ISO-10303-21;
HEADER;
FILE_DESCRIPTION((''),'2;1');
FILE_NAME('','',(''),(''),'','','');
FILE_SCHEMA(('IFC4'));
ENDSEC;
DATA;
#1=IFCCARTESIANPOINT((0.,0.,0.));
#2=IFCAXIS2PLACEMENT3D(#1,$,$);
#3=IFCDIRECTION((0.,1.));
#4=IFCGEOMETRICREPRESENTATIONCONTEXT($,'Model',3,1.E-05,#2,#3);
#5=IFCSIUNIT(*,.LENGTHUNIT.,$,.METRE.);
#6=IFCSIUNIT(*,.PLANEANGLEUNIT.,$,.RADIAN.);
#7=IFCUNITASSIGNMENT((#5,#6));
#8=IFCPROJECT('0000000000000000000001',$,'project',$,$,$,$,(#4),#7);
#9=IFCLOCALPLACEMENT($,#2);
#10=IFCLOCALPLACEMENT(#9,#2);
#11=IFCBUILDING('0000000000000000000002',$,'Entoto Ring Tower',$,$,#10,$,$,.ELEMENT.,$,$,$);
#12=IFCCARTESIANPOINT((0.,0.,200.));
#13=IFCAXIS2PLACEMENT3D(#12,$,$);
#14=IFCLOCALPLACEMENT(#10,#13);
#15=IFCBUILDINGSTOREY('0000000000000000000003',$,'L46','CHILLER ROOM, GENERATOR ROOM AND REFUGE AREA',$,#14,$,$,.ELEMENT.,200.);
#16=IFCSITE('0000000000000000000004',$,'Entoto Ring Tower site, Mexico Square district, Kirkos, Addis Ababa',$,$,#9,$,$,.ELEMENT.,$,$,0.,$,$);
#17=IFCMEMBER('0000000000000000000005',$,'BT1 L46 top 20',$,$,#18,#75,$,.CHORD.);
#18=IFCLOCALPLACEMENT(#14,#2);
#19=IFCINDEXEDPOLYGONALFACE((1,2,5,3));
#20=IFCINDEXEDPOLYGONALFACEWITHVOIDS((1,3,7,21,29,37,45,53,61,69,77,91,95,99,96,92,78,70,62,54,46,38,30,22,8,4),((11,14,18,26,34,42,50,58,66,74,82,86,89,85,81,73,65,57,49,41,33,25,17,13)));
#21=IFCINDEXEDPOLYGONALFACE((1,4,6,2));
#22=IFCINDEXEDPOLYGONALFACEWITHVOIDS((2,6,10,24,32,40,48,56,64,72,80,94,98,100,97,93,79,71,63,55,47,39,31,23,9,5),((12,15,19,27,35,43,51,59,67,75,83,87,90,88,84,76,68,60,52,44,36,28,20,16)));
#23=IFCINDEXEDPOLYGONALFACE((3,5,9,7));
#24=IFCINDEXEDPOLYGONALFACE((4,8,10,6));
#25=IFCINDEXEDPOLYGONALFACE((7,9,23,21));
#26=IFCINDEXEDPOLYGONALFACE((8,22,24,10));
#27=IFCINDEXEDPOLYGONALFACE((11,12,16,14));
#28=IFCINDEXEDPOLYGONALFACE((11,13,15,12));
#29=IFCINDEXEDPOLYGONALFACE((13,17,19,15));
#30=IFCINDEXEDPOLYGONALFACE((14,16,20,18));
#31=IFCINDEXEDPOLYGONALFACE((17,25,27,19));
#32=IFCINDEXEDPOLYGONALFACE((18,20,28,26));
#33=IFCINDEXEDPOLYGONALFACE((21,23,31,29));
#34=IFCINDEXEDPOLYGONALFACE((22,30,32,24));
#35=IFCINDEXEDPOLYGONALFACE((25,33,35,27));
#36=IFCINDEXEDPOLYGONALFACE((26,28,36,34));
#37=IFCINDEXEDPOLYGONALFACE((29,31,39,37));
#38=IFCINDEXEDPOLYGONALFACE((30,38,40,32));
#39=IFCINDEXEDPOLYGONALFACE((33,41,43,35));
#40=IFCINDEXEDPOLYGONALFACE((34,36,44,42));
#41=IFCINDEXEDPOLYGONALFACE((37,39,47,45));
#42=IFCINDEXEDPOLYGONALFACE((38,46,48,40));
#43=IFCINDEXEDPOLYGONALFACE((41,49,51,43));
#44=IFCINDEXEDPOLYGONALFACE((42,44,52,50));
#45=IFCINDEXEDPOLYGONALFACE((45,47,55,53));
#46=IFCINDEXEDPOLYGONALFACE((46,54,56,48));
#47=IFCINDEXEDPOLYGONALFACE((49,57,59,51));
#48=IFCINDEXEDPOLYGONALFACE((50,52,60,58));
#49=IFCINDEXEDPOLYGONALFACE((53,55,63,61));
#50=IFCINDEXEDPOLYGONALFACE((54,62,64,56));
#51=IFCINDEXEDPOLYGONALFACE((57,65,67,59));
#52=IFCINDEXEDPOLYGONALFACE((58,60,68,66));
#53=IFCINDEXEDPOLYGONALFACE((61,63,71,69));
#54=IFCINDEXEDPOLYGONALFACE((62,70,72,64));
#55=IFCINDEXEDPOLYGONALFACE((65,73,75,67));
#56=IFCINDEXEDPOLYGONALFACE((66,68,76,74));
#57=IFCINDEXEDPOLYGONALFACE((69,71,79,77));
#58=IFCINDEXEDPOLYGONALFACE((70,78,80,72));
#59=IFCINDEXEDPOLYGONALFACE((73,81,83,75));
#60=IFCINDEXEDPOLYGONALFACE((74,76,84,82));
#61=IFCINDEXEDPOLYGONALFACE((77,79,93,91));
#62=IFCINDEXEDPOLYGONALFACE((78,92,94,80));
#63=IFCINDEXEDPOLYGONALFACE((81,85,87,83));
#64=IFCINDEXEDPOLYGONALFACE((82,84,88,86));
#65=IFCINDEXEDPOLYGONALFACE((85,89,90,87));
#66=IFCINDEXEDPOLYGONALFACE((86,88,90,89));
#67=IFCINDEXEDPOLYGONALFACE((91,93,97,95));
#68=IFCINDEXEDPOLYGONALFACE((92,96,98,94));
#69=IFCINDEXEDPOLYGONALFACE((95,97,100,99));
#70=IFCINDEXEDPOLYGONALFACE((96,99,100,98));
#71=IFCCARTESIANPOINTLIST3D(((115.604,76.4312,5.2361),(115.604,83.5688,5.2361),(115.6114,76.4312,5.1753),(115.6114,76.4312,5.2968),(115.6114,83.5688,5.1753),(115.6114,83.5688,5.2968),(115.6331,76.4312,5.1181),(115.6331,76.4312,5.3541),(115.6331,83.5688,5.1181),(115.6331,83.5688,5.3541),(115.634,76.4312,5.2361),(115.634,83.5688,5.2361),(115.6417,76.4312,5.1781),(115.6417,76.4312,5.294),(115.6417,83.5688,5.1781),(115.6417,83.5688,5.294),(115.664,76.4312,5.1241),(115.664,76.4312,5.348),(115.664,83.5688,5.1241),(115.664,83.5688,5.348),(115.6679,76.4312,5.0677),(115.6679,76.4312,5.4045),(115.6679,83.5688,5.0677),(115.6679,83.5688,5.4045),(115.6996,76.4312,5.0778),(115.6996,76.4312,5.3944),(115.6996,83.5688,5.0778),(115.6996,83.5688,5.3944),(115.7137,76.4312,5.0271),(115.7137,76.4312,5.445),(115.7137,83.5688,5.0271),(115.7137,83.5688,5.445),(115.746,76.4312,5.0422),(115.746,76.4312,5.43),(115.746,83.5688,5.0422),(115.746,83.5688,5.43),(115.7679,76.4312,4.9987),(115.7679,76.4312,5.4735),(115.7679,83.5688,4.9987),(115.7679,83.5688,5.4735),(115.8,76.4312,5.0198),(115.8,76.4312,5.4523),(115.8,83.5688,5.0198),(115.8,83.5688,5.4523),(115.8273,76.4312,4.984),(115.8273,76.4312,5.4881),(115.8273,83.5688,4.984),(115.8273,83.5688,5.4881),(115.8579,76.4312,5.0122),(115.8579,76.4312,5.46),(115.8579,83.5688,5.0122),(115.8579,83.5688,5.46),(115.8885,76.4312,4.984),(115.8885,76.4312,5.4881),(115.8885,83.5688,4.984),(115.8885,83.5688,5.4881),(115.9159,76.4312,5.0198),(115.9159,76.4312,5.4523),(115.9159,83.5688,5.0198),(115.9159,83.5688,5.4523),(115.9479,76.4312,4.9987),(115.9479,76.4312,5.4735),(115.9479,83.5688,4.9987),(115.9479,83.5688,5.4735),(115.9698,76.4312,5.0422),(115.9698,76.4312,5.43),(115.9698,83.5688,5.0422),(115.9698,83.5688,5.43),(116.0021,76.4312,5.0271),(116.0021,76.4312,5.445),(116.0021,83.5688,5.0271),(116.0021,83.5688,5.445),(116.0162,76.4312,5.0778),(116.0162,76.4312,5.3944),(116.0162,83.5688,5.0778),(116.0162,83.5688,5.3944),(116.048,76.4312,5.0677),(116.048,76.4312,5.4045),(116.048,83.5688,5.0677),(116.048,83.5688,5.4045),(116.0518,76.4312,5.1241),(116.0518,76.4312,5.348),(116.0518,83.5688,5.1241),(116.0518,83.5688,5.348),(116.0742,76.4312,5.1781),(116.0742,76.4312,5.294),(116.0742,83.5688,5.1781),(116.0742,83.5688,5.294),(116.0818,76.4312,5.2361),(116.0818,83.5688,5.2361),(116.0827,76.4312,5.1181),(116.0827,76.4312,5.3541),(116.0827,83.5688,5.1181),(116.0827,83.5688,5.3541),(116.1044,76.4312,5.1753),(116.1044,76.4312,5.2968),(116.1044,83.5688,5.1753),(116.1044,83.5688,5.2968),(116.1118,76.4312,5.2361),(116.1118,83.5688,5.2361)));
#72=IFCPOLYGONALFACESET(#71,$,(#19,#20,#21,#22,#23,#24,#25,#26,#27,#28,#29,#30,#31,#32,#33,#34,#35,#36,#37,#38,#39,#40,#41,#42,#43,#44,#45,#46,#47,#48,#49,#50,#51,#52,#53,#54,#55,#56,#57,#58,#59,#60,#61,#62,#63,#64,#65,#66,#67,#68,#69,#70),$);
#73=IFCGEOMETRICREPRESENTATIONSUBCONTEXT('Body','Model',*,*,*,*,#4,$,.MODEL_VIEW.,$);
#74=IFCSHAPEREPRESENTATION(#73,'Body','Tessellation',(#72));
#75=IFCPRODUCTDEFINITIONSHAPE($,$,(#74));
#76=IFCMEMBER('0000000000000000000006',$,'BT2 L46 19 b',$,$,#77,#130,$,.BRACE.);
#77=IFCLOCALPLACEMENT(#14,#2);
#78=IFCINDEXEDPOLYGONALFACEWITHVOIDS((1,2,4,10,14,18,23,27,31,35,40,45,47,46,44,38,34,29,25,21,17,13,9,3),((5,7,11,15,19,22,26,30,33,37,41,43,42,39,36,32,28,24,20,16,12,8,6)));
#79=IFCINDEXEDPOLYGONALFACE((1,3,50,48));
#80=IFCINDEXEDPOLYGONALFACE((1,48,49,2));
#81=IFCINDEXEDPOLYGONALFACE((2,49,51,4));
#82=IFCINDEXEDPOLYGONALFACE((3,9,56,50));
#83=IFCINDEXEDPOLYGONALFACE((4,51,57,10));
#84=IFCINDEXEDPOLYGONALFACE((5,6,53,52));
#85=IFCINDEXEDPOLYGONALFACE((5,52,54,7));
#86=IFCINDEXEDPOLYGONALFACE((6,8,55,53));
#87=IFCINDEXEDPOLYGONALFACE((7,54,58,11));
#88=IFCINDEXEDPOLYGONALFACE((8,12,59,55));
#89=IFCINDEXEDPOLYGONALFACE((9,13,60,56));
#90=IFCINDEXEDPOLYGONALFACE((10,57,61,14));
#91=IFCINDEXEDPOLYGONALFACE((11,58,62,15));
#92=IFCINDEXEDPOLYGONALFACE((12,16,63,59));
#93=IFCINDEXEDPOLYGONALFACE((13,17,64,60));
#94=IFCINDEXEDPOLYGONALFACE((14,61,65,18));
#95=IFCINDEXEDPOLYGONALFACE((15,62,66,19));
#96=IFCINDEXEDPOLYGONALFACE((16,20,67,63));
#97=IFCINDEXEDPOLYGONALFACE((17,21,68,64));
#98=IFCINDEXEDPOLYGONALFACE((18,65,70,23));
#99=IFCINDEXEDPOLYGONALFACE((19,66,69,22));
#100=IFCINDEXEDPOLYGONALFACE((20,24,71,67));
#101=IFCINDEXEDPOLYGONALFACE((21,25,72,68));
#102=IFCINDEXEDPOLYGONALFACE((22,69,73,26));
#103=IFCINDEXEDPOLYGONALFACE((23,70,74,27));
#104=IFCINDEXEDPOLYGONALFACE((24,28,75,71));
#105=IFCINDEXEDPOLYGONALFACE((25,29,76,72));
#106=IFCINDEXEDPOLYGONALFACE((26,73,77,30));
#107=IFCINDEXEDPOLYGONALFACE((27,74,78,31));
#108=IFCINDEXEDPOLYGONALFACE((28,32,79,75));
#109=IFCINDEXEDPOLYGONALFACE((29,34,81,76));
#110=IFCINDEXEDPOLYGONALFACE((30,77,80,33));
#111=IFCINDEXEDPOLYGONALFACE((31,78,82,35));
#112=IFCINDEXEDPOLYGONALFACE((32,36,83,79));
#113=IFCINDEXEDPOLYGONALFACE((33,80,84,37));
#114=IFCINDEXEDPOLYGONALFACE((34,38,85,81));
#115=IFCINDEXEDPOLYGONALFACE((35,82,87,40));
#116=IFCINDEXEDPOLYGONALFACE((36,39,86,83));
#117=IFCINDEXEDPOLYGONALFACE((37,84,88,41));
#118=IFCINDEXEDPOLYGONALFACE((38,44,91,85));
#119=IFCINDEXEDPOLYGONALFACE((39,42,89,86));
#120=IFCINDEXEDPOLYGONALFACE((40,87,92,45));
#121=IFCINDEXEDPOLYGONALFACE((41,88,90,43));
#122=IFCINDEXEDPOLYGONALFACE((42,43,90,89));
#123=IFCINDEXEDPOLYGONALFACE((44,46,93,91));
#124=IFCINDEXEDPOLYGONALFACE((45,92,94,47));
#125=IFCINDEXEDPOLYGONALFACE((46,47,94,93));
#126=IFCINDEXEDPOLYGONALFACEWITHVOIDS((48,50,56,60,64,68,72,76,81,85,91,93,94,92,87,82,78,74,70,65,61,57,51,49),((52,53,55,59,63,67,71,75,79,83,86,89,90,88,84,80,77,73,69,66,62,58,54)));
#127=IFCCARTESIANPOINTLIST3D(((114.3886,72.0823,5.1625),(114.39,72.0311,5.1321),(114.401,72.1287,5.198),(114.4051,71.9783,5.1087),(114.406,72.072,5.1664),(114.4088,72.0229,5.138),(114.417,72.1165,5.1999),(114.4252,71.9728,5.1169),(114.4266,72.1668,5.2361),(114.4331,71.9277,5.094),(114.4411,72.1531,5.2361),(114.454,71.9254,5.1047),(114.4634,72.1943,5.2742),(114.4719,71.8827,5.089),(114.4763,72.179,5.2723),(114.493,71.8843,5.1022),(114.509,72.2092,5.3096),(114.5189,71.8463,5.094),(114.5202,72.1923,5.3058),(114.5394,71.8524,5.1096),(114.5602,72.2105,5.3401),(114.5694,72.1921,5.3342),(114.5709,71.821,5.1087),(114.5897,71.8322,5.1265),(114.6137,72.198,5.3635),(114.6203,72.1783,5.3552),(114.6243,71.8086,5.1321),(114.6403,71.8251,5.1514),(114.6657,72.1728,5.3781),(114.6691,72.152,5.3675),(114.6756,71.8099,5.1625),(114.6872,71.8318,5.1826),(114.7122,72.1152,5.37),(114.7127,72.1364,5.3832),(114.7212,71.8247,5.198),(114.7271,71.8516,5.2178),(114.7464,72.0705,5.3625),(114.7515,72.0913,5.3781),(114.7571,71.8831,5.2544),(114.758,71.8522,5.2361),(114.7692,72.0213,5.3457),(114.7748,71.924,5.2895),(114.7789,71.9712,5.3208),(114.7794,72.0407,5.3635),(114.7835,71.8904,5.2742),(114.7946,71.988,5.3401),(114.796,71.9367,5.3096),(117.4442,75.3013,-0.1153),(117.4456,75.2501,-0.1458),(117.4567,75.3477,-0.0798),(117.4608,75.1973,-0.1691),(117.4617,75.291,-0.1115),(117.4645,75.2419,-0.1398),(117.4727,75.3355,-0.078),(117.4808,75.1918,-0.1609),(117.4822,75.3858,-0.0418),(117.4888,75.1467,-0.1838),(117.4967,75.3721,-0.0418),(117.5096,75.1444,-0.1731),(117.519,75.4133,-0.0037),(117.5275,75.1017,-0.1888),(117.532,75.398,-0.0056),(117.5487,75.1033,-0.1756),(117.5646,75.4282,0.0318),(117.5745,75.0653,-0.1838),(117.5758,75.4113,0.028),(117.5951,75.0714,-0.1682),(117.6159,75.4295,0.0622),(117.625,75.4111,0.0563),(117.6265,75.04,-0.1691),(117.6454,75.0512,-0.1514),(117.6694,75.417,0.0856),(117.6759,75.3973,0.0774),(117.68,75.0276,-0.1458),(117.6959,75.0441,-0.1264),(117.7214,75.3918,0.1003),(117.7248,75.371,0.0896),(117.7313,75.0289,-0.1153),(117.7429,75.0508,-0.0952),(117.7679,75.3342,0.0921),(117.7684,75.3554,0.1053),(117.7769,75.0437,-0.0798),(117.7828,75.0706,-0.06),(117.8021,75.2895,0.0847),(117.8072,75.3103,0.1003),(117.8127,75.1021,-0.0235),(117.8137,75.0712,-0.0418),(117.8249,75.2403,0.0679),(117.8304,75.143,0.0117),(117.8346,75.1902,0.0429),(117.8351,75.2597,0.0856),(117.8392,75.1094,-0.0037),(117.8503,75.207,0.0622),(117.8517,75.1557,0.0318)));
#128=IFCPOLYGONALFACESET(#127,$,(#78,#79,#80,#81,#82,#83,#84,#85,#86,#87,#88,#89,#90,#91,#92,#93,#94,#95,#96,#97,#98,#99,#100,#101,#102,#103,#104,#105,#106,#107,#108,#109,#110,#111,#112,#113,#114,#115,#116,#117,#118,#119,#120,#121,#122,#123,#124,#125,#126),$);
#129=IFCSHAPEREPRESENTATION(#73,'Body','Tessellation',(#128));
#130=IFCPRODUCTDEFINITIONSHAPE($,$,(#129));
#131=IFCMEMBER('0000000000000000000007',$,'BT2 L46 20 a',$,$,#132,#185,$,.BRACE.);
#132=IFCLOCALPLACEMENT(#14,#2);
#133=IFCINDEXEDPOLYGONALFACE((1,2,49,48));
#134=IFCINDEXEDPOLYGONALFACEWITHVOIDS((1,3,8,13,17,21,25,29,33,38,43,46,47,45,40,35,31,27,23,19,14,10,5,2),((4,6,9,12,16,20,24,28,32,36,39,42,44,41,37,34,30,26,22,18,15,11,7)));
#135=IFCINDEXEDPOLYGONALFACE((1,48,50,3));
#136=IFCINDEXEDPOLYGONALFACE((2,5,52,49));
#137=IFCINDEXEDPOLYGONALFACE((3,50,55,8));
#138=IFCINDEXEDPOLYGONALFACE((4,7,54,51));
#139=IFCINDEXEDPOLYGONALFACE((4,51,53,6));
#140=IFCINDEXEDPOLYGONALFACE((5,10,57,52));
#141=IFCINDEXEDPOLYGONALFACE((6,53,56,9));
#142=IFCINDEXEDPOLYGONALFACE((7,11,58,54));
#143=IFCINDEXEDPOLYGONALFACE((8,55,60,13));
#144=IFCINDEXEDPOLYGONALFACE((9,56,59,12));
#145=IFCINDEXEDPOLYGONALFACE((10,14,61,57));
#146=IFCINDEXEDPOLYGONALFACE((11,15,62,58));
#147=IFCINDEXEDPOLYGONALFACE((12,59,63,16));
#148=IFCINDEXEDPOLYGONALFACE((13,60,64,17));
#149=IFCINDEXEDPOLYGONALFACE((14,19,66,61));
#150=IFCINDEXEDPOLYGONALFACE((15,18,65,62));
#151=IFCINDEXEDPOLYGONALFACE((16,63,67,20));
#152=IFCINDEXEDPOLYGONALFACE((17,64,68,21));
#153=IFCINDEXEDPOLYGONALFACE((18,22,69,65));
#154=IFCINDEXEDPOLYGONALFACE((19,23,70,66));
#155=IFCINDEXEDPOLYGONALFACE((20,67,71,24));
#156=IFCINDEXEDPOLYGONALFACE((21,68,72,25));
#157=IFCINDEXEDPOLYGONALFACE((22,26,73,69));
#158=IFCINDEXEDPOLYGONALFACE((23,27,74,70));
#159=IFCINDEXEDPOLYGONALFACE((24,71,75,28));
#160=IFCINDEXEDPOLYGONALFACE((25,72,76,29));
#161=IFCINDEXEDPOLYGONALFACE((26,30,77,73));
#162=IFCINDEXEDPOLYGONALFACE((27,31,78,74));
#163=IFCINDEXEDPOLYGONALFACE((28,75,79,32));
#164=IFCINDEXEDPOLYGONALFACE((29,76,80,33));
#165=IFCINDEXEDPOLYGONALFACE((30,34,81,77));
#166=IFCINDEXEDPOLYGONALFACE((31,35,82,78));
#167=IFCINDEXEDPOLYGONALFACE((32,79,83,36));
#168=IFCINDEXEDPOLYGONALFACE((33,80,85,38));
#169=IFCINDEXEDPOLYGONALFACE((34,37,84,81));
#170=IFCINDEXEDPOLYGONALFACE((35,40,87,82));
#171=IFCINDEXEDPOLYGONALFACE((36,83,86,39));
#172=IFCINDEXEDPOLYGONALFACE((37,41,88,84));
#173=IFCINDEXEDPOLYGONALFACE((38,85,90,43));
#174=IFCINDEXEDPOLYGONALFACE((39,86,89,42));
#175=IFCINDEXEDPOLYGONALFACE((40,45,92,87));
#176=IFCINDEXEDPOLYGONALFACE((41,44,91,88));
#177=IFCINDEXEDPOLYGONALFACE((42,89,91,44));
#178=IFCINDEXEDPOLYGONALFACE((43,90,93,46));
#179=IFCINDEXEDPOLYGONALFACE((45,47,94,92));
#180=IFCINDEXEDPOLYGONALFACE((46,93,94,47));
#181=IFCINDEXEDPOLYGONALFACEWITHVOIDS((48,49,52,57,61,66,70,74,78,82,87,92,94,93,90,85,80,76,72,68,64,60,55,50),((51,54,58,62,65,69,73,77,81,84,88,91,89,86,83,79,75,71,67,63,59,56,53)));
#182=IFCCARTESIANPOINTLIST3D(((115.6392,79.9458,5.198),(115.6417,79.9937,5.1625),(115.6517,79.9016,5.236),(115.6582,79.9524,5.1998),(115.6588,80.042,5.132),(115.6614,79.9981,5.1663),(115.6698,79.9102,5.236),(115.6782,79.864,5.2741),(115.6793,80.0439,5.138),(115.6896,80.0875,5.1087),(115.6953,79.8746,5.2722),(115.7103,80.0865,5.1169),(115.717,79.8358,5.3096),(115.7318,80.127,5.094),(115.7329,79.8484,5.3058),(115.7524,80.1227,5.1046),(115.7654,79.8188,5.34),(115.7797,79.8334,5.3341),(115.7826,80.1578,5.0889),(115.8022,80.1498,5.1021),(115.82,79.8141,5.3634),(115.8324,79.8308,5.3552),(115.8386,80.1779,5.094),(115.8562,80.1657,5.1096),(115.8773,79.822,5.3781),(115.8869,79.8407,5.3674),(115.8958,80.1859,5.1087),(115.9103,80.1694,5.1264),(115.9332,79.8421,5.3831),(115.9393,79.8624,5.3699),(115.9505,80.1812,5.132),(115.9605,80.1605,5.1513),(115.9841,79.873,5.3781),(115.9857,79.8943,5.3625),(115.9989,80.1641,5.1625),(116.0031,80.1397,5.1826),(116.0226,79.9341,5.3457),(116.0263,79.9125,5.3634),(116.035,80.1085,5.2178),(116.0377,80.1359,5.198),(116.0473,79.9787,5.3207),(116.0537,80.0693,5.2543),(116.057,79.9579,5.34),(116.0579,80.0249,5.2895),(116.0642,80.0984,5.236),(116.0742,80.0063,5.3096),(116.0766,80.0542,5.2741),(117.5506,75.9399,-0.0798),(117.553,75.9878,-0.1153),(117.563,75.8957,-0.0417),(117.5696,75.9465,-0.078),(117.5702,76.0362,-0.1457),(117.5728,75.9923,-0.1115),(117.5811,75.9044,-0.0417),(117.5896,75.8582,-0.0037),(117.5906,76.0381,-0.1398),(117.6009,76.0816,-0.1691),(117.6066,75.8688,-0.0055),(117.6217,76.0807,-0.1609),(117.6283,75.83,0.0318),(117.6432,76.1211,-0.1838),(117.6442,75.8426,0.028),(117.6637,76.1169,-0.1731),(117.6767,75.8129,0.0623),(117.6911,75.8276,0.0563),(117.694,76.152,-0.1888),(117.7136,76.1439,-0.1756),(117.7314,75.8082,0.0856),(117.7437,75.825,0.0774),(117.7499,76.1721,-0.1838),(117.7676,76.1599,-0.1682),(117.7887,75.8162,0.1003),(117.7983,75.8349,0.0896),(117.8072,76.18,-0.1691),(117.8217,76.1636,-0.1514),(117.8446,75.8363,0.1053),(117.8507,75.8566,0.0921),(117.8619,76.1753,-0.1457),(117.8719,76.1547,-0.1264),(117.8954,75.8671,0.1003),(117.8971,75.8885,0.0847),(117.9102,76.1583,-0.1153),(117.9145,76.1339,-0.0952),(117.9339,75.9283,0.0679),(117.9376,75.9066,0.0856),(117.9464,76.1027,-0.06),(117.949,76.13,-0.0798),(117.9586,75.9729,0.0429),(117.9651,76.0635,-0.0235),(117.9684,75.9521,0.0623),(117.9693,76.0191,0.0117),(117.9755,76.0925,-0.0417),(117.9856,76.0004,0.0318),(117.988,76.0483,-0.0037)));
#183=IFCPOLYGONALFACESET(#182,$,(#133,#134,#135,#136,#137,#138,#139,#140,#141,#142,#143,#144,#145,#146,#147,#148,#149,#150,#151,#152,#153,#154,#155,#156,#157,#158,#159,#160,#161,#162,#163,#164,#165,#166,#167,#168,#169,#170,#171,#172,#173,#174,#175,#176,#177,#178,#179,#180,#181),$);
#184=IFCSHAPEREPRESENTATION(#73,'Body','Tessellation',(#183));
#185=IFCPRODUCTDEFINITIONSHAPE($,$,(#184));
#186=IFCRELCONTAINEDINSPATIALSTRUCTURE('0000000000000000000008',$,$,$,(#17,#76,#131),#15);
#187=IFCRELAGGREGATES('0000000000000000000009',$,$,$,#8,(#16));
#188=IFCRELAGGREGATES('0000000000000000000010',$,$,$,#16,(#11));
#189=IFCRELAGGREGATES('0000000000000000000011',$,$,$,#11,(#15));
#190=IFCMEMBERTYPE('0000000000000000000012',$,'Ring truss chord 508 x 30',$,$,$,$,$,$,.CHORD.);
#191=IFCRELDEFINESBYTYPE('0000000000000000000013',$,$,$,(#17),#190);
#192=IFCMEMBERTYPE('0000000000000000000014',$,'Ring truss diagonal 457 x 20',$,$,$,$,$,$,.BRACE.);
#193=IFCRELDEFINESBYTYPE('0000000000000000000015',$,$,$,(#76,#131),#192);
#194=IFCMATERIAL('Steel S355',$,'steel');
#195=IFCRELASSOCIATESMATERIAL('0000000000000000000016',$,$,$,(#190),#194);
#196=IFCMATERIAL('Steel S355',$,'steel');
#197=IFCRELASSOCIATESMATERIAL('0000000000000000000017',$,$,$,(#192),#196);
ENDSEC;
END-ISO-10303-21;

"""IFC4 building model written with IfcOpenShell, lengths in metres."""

from ifc_helpers import new_model, si_unit, direction, frame, origin, origin_2d, place, context, subcontext, project, spatial, circle, hollow_circle, extrude, material, material_profile, profile_set, type_object, element, save


model = new_model("IFC4")

# Units and contexts
model_context = context("Model", 3, precision=1e-05, world=origin(), true_north=direction((0.0, 1.0)))
body_context = subcontext(model_context, "Body", "Model", "MODEL_VIEW")
ifc_project = project(units=[si_unit("LENGTHUNIT", "METRE"), si_unit("PLANEANGLEUNIT", "RADIAN")], contexts=[model_context])

# Site, building, storey
site_placement = place(None, origin())
site = spatial("IfcSite", under=ifc_project, at=site_placement, Name="Entoto Ring Tower site, Mexico Square district, Kirkos, Addis Ababa", CompositionType="ELEMENT", RefElevation=0.0)
building_placement = place(site_placement, origin())
building = spatial("IfcBuilding", under=site, at=building_placement, Name="Entoto Ring Tower", CompositionType="ELEMENT")
storey_placement = place(building_placement, frame((0.0, 0.0, 200.0)))
storey = spatial("IfcBuildingStorey", under=building, at=storey_placement, Name="L46", Description="CHILLER ROOM, GENERATOR ROOM AND REFUGE AREA", CompositionType="ELEMENT", Elevation=200.0)

# Members
ifc_material_1 = material(Name="Steel S355", Category="steel")
ifc_material_profile_1 = material_profile(ifc_material_1, hollow_circle(Radius=0.2539, WallThickness=0.03, at=origin_2d()), Name="CHS 508 x 30")
ifc_material_2 = material(Name="Concrete C60/75", Category="concrete")
ifc_material_profile_2 = material_profile(ifc_material_2, circle(Radius=0.2241, at=origin_2d()), Name="Concrete C60/75 infill")
ifc_profile_set_1 = profile_set([ifc_material_profile_1, ifc_material_profile_2], Name="Steel S355")
member_type_1 = type_object("IfcMemberType", Name="Ring truss chord 508 x 30", PredefinedType="CHORD", material=ifc_profile_set_1)
member_1_placement = place(storey_placement, frame((115.8579, 76.4312, 5.2361), z_axis=(0.0, 1.0, 0.0), x_axis=(-1.0, 0.0, 0.0)))
element("IfcMember", 1, at=member_1_placement, inside=storey, type_object=member_type_1, Name="BT1 L46 top 20", PredefinedType="CHORD", context=body_context, shape_type="SweptSolid", body=[
    extrude(hollow_circle(Radius=0.2539, WallThickness=0.03, at=origin_2d()), origin(), (0.0, 0.0, 1.0), 7.1377),
])
ifc_material_3 = material(Name="Steel S355", Category="steel")
ifc_material_profile_3 = material_profile(ifc_material_3, hollow_circle(Radius=0.2285, WallThickness=0.02, at=origin_2d()), Name="CHS 457 x 20")
ifc_material_4 = material(Name="Concrete C60/75", Category="concrete")
ifc_material_profile_4 = material_profile(ifc_material_4, circle(Radius=0.2085, at=origin_2d()), Name="Concrete C60/75 infill")
ifc_profile_set_2 = profile_set([ifc_material_profile_3, ifc_material_profile_4], Name="Steel S355")
member_type_2 = type_object("IfcMemberType", Name="Ring truss diagonal 457 x 20", PredefinedType="BRACE", material=ifc_profile_set_2)
for number, where, z_axis, x_axis, name in (
    (2, (114.5923, 72.0095, 5.2361), (0.443108, 0.466793, -0.765349), (-0.725267, 0.688468, 0.0), "BT2 L46 19 b"),
    (3, (117.7693, 75.9941, -0.0417), (-0.277169, 0.58089, 0.765339), (-0.902526, -0.430636, 0.0), "BT2 L46 20 a"),
):
    element("IfcMember", number, at=place(storey_placement, frame(where, z_axis=z_axis, x_axis=x_axis)), inside=storey, type_object=member_type_2, Name=name, PredefinedType="BRACE", context=body_context, shape_type="SweptSolid", body=[
        extrude(hollow_circle(Radius=0.2285, WallThickness=0.02, at=origin_2d()), origin(), (0.0, 0.0, 1.0), 6.896),
    ])

save(model, "model.ifc")
